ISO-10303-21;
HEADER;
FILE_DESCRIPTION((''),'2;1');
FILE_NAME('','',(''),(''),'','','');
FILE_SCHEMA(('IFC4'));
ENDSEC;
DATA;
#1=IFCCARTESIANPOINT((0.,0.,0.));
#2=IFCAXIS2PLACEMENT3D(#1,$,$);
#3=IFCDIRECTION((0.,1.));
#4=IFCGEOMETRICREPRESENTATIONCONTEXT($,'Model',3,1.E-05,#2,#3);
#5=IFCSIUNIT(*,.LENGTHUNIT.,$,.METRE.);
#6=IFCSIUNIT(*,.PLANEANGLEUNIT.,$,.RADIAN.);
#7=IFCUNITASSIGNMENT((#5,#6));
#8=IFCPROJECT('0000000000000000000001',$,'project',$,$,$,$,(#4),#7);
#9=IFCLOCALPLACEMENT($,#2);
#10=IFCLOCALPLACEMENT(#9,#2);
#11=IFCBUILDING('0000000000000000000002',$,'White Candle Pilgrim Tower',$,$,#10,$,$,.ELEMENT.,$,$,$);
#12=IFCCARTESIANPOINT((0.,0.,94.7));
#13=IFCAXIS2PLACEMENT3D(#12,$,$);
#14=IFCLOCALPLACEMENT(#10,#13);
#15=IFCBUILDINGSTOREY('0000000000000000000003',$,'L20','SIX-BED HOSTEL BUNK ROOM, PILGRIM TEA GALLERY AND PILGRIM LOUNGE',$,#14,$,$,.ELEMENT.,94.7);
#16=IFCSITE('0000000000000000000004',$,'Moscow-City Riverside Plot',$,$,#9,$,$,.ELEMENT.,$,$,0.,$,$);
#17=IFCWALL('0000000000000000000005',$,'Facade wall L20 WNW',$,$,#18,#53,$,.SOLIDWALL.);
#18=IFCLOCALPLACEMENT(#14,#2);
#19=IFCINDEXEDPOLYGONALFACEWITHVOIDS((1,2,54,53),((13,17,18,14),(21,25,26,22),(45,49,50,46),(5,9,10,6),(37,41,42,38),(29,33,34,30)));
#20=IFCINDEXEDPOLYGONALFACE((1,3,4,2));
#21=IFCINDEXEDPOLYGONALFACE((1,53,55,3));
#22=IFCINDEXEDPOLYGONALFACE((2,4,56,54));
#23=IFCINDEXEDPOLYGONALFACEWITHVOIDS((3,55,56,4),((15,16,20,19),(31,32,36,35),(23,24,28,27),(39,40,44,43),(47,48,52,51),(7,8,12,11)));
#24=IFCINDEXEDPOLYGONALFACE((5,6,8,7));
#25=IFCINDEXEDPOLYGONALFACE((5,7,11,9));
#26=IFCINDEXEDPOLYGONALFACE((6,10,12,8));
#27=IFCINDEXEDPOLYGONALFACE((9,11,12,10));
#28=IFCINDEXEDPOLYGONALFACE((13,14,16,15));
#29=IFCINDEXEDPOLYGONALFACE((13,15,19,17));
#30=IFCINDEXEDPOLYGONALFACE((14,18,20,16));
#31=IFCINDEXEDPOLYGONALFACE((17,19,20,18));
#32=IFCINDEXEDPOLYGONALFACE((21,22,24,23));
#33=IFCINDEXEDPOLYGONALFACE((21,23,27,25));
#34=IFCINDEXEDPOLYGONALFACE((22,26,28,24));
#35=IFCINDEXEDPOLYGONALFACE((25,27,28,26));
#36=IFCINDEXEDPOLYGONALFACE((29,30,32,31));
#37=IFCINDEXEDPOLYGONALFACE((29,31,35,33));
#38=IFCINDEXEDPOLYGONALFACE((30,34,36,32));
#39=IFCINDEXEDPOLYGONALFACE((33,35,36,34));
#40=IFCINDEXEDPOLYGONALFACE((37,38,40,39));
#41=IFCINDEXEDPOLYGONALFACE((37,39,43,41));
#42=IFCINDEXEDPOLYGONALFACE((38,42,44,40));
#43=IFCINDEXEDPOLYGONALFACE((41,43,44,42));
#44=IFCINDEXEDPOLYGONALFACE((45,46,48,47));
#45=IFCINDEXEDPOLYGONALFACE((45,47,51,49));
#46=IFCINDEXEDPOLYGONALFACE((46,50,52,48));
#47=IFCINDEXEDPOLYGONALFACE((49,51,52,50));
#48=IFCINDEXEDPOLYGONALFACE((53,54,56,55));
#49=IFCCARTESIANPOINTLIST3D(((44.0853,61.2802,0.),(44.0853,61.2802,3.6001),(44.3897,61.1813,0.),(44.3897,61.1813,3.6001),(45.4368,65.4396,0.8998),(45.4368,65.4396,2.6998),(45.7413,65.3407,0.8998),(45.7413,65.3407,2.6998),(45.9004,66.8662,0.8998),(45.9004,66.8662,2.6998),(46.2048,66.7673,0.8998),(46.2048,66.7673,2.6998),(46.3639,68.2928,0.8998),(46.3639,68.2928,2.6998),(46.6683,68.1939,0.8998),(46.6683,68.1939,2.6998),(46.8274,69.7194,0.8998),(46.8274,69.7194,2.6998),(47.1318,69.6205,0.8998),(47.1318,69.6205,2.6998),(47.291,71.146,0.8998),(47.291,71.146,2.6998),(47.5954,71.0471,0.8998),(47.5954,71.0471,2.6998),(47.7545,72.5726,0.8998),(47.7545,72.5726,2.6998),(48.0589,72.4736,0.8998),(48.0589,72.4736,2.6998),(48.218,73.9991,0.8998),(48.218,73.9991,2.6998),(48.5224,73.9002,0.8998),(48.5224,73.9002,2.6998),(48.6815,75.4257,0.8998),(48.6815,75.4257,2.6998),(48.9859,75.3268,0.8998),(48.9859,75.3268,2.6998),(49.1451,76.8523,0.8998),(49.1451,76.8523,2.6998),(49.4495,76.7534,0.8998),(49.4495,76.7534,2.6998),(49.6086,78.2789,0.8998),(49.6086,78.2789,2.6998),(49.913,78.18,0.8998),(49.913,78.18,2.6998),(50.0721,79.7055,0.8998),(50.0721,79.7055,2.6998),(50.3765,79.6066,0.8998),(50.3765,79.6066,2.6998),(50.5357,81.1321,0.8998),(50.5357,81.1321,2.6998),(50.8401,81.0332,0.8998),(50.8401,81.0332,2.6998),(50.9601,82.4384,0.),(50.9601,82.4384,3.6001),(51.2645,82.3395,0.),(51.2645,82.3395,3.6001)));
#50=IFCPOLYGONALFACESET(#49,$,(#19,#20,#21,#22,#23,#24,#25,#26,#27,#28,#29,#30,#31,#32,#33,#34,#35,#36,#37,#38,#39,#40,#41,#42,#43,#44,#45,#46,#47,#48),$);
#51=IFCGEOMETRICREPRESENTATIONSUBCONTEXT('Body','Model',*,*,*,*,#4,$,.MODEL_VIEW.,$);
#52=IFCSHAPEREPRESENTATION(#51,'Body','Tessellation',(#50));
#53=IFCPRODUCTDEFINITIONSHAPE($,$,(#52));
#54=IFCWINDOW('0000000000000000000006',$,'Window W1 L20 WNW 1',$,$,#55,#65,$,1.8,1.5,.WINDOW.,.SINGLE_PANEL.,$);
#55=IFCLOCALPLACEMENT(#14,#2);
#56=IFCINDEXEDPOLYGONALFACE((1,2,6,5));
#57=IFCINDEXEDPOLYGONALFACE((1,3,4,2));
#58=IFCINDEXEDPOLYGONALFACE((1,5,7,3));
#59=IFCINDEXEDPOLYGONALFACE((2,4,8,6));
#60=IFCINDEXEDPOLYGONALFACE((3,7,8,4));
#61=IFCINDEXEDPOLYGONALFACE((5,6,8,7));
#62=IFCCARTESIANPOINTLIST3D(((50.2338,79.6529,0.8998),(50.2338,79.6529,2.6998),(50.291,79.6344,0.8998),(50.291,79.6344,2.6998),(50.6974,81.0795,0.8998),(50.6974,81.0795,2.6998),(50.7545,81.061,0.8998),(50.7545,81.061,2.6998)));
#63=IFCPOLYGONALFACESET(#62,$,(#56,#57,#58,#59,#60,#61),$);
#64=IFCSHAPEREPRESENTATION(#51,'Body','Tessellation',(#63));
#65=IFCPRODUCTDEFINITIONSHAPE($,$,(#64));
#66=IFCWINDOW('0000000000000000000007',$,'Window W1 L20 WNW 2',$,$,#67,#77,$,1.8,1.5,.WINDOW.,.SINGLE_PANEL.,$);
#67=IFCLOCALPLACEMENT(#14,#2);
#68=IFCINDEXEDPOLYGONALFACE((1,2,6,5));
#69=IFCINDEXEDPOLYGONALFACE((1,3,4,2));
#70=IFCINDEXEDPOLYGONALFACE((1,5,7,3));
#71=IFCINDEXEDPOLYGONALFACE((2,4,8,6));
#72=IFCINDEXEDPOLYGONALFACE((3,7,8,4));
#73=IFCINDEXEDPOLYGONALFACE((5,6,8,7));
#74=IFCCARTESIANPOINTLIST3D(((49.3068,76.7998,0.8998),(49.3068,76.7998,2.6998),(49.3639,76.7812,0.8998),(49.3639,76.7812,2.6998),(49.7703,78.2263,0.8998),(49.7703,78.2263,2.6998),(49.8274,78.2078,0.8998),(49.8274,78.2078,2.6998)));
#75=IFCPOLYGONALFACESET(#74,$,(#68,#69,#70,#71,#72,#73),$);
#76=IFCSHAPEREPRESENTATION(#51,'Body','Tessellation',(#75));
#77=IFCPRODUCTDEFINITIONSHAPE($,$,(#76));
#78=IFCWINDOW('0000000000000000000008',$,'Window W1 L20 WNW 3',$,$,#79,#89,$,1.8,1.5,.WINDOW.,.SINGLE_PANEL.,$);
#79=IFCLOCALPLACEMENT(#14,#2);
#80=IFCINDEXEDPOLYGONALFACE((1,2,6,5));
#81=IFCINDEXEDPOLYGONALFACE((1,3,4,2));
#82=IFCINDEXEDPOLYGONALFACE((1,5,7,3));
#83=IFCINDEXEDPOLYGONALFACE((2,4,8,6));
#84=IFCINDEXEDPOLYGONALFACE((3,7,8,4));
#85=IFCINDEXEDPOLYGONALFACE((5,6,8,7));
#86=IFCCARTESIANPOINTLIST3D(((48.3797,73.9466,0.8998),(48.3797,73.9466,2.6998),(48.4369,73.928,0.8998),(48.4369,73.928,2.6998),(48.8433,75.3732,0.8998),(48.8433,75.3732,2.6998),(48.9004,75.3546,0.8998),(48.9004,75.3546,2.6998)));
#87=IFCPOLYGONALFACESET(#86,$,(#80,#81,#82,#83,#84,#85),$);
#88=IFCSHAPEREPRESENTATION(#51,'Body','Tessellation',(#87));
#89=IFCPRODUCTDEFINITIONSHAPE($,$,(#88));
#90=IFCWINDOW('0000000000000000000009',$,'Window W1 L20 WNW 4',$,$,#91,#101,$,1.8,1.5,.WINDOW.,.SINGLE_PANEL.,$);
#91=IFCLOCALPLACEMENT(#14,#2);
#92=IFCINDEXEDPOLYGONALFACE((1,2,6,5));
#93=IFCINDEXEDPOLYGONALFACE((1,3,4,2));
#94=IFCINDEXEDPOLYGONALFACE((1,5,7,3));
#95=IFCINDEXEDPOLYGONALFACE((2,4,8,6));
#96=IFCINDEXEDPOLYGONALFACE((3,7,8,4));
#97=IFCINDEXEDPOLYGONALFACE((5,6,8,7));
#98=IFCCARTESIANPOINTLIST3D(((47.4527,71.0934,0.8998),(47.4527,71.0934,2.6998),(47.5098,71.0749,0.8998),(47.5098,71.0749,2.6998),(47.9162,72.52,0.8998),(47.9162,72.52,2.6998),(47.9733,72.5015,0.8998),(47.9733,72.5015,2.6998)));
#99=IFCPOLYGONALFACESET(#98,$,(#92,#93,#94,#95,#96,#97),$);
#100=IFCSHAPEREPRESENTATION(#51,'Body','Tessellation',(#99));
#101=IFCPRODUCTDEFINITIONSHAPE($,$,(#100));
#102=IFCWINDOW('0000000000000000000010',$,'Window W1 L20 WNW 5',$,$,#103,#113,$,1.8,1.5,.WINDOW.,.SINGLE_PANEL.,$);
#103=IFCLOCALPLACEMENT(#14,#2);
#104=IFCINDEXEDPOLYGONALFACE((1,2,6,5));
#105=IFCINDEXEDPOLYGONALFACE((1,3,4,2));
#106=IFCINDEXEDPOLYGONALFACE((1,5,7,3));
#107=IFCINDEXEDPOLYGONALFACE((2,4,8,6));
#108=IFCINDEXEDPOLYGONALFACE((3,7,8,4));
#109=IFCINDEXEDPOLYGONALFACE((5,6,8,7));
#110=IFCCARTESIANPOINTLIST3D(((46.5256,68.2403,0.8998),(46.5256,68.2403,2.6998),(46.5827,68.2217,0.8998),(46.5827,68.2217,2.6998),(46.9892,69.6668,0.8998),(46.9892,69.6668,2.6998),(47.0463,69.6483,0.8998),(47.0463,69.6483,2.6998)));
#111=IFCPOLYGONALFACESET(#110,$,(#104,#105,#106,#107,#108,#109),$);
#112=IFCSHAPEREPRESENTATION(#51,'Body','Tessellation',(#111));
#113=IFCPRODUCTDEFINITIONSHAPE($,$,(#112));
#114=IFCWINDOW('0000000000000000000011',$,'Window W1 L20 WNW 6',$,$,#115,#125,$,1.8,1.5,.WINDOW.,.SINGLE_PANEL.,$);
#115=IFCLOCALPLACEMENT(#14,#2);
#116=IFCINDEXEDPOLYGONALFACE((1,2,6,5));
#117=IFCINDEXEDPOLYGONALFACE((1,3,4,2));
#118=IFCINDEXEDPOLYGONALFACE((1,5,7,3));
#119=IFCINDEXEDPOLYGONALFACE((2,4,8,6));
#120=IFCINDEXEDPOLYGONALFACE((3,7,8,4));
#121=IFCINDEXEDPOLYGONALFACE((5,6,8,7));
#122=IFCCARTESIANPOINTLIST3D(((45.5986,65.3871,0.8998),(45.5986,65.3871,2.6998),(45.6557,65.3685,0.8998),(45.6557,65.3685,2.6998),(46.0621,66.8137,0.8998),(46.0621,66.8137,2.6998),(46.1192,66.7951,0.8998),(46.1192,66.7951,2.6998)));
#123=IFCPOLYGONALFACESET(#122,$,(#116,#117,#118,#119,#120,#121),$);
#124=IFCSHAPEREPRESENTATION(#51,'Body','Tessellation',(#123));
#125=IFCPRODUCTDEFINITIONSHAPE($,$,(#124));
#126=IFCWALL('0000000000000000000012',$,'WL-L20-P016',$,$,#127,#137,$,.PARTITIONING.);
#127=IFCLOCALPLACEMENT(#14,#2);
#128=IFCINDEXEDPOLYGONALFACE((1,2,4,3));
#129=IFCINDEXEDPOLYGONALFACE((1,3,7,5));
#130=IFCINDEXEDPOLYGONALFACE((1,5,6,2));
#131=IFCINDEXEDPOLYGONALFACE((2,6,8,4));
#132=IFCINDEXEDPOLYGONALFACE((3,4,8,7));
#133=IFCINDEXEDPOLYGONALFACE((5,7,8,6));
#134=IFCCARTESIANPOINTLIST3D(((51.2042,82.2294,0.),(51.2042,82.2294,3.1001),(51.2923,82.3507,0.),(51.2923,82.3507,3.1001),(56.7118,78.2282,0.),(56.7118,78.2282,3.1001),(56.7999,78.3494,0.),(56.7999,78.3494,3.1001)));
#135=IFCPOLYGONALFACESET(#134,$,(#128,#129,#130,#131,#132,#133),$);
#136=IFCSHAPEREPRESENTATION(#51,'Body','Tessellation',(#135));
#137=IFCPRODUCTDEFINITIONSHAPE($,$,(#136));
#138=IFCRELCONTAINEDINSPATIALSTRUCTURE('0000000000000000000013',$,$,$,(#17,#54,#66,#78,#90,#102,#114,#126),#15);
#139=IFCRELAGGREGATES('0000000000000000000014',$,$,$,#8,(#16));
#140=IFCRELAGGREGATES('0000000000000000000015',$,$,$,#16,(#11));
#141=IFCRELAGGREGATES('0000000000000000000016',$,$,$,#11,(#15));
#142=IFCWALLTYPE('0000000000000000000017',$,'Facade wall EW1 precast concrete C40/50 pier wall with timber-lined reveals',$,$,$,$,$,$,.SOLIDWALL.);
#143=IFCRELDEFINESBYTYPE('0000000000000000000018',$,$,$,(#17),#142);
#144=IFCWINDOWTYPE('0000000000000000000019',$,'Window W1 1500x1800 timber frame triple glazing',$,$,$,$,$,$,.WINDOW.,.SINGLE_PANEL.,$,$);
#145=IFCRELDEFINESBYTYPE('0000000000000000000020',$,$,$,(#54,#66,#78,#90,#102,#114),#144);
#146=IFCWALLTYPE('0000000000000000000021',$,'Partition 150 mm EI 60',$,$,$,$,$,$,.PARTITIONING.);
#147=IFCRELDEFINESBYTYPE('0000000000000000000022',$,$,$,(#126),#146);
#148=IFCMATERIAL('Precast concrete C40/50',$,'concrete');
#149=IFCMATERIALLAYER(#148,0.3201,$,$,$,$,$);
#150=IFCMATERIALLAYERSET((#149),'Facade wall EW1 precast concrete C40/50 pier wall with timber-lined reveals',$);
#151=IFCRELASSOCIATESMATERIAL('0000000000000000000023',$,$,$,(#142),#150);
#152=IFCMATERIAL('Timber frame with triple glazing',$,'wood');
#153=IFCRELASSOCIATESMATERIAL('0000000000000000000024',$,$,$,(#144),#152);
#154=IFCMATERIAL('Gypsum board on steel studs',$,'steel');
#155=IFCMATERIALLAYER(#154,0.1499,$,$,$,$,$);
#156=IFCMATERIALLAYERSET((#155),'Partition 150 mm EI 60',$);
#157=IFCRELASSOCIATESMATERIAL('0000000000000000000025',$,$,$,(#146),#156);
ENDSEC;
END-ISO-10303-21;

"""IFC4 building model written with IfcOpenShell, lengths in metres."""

from ifc_helpers import new_model, si_unit, direction, frame, frame_2d, origin, place, context, subcontext, project, spatial, rectangle, extrude, material, layer, layer_set, type_object, element, fill, save


model = new_model("IFC4")

# Units and contexts
model_context = context("Model", 3, precision=1e-05, world=origin(), true_north=direction((0.0, 1.0)))
body_context = subcontext(model_context, "Body", "Model", "MODEL_VIEW")
ifc_project = project(units=[si_unit("LENGTHUNIT", "METRE"), si_unit("PLANEANGLEUNIT", "RADIAN")], contexts=[model_context])

# Site, building, storey
site_placement = place(None, origin())
site = spatial("IfcSite", under=ifc_project, at=site_placement, Name="Moscow-City Riverside Plot", CompositionType="ELEMENT", RefElevation=0.0)
building_placement = place(site_placement, origin())
building = spatial("IfcBuilding", under=site, at=building_placement, Name="White Candle Pilgrim Tower", CompositionType="ELEMENT")
storey_placement = place(building_placement, frame((0.0, 0.0, 94.7)))
storey = spatial("IfcBuildingStorey", under=building, at=storey_placement, Name="L20", Description="SIX-BED HOSTEL BUNK ROOM, PILGRIM TEA GALLERY AND PILGRIM LOUNGE", CompositionType="ELEMENT", Elevation=94.7)

# Wall, openings, windows
ifc_material_1 = material(Name="Precast concrete C40/50", Category="concrete")
ifc_layer_1 = layer(ifc_material_1, 0.3201)
ifc_layer_set_1 = layer_set([ifc_layer_1], Name="Facade wall EW1 precast concrete C40/50 pier wall with timber-lined reveals")
wall_type_1 = type_object("IfcWallType", Name="Facade wall EW1 precast concrete C40/50 pier wall with timber-lined reveals", PredefinedType="SOLIDWALL", material=ifc_layer_set_1)
ifc_material_2 = material(Name="Timber frame with triple glazing", Category="wood")
wall_1_placement = place(storey_placement, frame((51.1123, 82.3889, 0.0), z_axis=(0.0, 0.0, 1.0), x_axis=(-0.309019, -0.951056, 0.0)))
wall_1 = element("IfcWall", 1, at=wall_1_placement, inside=storey, type_object=wall_type_1, Name="Facade wall L20 WNW", PredefinedType="SOLIDWALL", context=body_context, shape_type="SweptSolid", body=[
    extrude(rectangle(XDim=22.2471, YDim=0.3201, at=frame_2d((11.1235, 0.0))), origin(), (0.0, 0.0, 1.0), 3.6001),
])
opening_1_placement = place(wall_1_placement, frame((1.3735, 0.0, 0.8999)))
opening_1 = element("IfcOpeningElement", 2, at=opening_1_placement, cuts=wall_1, PredefinedType="OPENING", context=body_context, shape_type="SweptSolid", body=[
    extrude(rectangle(XDim=1.5, YDim=1.8, at=frame_2d((0.75, 0.8999))), frame((0.0, 0.1699, 0.0), z_axis=(0.0, -1.0, 0.0), x_axis=(1.0, 0.0, 0.0)), (0.0, 0.0, 1.0), 0.3401),
])
opening_2_placement = place(wall_1_placement, frame((4.3735, 0.0, 0.8999)))
opening_2 = element("IfcOpeningElement", 3, at=opening_2_placement, cuts=wall_1, PredefinedType="OPENING", context=body_context, shape_type="SweptSolid", body=[
    extrude(rectangle(XDim=1.5, YDim=1.8, at=frame_2d((0.75, 0.8999))), frame((0.0, 0.1699, 0.0), z_axis=(0.0, -1.0, 0.0), x_axis=(1.0, 0.0, 0.0)), (0.0, 0.0, 1.0), 0.3401),
])
opening_3_placement = place(wall_1_placement, frame((7.3735, 0.0, 0.8999)))
opening_3 = element("IfcOpeningElement", 4, at=opening_3_placement, cuts=wall_1, PredefinedType="OPENING", context=body_context, shape_type="SweptSolid", body=[
    extrude(rectangle(XDim=1.5, YDim=1.8, at=frame_2d((0.75, 0.8999))), frame((0.0, 0.1699, 0.0), z_axis=(0.0, -1.0, 0.0), x_axis=(1.0, 0.0, 0.0)), (0.0, 0.0, 1.0), 0.3401),
])
opening_4_placement = place(wall_1_placement, frame((10.3735, 0.0, 0.8999)))
opening_4 = element("IfcOpeningElement", 5, at=opening_4_placement, cuts=wall_1, PredefinedType="OPENING", context=body_context, shape_type="SweptSolid", body=[
    extrude(rectangle(XDim=1.5, YDim=1.8, at=frame_2d((0.75, 0.8999))), frame((0.0, 0.1699, 0.0), z_axis=(0.0, -1.0, 0.0), x_axis=(1.0, 0.0, 0.0)), (0.0, 0.0, 1.0), 0.3401),
])
opening_5_placement = place(wall_1_placement, frame((13.3735, 0.0, 0.8999)))
opening_5 = element("IfcOpeningElement", 6, at=opening_5_placement, cuts=wall_1, PredefinedType="OPENING", context=body_context, shape_type="SweptSolid", body=[
    extrude(rectangle(XDim=1.5, YDim=1.8, at=frame_2d((0.75, 0.8999))), frame((0.0, 0.1699, 0.0), z_axis=(0.0, -1.0, 0.0), x_axis=(1.0, 0.0, 0.0)), (0.0, 0.0, 1.0), 0.3401),
])
opening_6_placement = place(wall_1_placement, frame((16.3735, 0.0, 0.8999)))
opening_6 = element("IfcOpeningElement", 7, at=opening_6_placement, cuts=wall_1, PredefinedType="OPENING", context=body_context, shape_type="SweptSolid", body=[
    extrude(rectangle(XDim=1.5, YDim=1.8, at=frame_2d((0.75, 0.8999))), frame((0.0, 0.1699, 0.0), z_axis=(0.0, -1.0, 0.0), x_axis=(1.0, 0.0, 0.0)), (0.0, 0.0, 1.0), 0.3401),
])
window_type_1 = type_object("IfcWindowType", Name="Window W1 1500x1800 timber frame triple glazing", PartitioningType="SINGLE_PANEL", PredefinedType="WINDOW", material=ifc_material_2)
window_1_placement = place(opening_1_placement, origin())
window_1 = element("IfcWindow", 8, at=window_1_placement, inside=storey, type_object=window_type_1, Name="Window W1 L20 WNW 1", OverallHeight=1.8, OverallWidth=1.5, PartitioningType="SINGLE_PANEL", PredefinedType="WINDOW", context=body_context, shape_type="SweptSolid", body=[
    extrude(rectangle(XDim=1.5, YDim=1.8, at=frame_2d((0.75, 0.8999))), frame((0.0, 0.0701, 0.0), z_axis=(0.0, -1.0, 0.0), x_axis=(1.0, 0.0, 0.0)), (0.0, 0.0, 1.0), 0.0601),
])
fill(opening_1, window_1)
window_2_placement = place(opening_2_placement, origin())
window_2 = element("IfcWindow", 9, at=window_2_placement, inside=storey, type_object=window_type_1, Name="Window W1 L20 WNW 2", OverallHeight=1.8, OverallWidth=1.5, PartitioningType="SINGLE_PANEL", PredefinedType="WINDOW", context=body_context, shape_type="SweptSolid", body=[
    extrude(rectangle(XDim=1.5, YDim=1.8, at=frame_2d((0.75, 0.8999))), frame((0.0, 0.0701, 0.0), z_axis=(0.0, -1.0, 0.0), x_axis=(1.0, 0.0, 0.0)), (0.0, 0.0, 1.0), 0.0601),
])
fill(opening_2, window_2)
window_3_placement = place(opening_3_placement, origin())
window_3 = element("IfcWindow", 10, at=window_3_placement, inside=storey, type_object=window_type_1, Name="Window W1 L20 WNW 3", OverallHeight=1.8, OverallWidth=1.5, PartitioningType="SINGLE_PANEL", PredefinedType="WINDOW", context=body_context, shape_type="SweptSolid", body=[
    extrude(rectangle(XDim=1.5, YDim=1.8, at=frame_2d((0.75, 0.8999))), frame((0.0, 0.0701, 0.0), z_axis=(0.0, -1.0, 0.0), x_axis=(1.0, 0.0, 0.0)), (0.0, 0.0, 1.0), 0.0601),
])
fill(opening_3, window_3)
window_4_placement = place(opening_4_placement, origin())
window_4 = element("IfcWindow", 11, at=window_4_placement, inside=storey, type_object=window_type_1, Name="Window W1 L20 WNW 4", OverallHeight=1.8, OverallWidth=1.5, PartitioningType="SINGLE_PANEL", PredefinedType="WINDOW", context=body_context, shape_type="SweptSolid", body=[
    extrude(rectangle(XDim=1.5, YDim=1.8, at=frame_2d((0.75, 0.8999))), frame((0.0, 0.0701, 0.0), z_axis=(0.0, -1.0, 0.0), x_axis=(1.0, 0.0, 0.0)), (0.0, 0.0, 1.0), 0.0601),
])
fill(opening_4, window_4)
window_5_placement = place(opening_5_placement, origin())
window_5 = element("IfcWindow", 12, at=window_5_placement, inside=storey, type_object=window_type_1, Name="Window W1 L20 WNW 5", OverallHeight=1.8, OverallWidth=1.5, PartitioningType="SINGLE_PANEL", PredefinedType="WINDOW", context=body_context, shape_type="SweptSolid", body=[
    extrude(rectangle(XDim=1.5, YDim=1.8, at=frame_2d((0.75, 0.8999))), frame((0.0, 0.0701, 0.0), z_axis=(0.0, -1.0, 0.0), x_axis=(1.0, 0.0, 0.0)), (0.0, 0.0, 1.0), 0.0601),
])
fill(opening_5, window_5)
window_6_placement = place(opening_6_placement, origin())
window_6 = element("IfcWindow", 13, at=window_6_placement, inside=storey, type_object=window_type_1, Name="Window W1 L20 WNW 6", OverallHeight=1.8, OverallWidth=1.5, PartitioningType="SINGLE_PANEL", PredefinedType="WINDOW", context=body_context, shape_type="SweptSolid", body=[
    extrude(rectangle(XDim=1.5, YDim=1.8, at=frame_2d((0.75, 0.8999))), frame((0.0, 0.0701, 0.0), z_axis=(0.0, -1.0, 0.0), x_axis=(1.0, 0.0, 0.0)), (0.0, 0.0, 1.0), 0.0601),
])
fill(opening_6, window_6)

# Wall
ifc_material_3 = material(Name="Gypsum board on steel studs", Category="steel")
ifc_layer_2 = layer(ifc_material_3, 0.1499)
ifc_layer_set_2 = layer_set([ifc_layer_2], Name="Partition 150 mm EI 60")
wall_type_2 = type_object("IfcWallType", Name="Partition 150 mm EI 60", PredefinedType="PARTITIONING", material=ifc_layer_set_2)
wall_2_placement = place(storey_placement, frame((51.2483, 82.29, 0.0), z_axis=(0.0, 0.0, 1.0), x_axis=(0.809035, -0.58776, 0.0)))
element("IfcWall", 14, at=wall_2_placement, inside=storey, type_object=wall_type_2, Name="WL-L20-P016", PredefinedType="PARTITIONING", context=body_context, shape_type="SweptSolid", body=[
    extrude(rectangle(XDim=6.8076, YDim=0.1499, at=frame_2d((3.4038, 0.0))), origin(), (0.0, 0.0, 1.0), 3.1001),
])

save(model, "model.ifc")
